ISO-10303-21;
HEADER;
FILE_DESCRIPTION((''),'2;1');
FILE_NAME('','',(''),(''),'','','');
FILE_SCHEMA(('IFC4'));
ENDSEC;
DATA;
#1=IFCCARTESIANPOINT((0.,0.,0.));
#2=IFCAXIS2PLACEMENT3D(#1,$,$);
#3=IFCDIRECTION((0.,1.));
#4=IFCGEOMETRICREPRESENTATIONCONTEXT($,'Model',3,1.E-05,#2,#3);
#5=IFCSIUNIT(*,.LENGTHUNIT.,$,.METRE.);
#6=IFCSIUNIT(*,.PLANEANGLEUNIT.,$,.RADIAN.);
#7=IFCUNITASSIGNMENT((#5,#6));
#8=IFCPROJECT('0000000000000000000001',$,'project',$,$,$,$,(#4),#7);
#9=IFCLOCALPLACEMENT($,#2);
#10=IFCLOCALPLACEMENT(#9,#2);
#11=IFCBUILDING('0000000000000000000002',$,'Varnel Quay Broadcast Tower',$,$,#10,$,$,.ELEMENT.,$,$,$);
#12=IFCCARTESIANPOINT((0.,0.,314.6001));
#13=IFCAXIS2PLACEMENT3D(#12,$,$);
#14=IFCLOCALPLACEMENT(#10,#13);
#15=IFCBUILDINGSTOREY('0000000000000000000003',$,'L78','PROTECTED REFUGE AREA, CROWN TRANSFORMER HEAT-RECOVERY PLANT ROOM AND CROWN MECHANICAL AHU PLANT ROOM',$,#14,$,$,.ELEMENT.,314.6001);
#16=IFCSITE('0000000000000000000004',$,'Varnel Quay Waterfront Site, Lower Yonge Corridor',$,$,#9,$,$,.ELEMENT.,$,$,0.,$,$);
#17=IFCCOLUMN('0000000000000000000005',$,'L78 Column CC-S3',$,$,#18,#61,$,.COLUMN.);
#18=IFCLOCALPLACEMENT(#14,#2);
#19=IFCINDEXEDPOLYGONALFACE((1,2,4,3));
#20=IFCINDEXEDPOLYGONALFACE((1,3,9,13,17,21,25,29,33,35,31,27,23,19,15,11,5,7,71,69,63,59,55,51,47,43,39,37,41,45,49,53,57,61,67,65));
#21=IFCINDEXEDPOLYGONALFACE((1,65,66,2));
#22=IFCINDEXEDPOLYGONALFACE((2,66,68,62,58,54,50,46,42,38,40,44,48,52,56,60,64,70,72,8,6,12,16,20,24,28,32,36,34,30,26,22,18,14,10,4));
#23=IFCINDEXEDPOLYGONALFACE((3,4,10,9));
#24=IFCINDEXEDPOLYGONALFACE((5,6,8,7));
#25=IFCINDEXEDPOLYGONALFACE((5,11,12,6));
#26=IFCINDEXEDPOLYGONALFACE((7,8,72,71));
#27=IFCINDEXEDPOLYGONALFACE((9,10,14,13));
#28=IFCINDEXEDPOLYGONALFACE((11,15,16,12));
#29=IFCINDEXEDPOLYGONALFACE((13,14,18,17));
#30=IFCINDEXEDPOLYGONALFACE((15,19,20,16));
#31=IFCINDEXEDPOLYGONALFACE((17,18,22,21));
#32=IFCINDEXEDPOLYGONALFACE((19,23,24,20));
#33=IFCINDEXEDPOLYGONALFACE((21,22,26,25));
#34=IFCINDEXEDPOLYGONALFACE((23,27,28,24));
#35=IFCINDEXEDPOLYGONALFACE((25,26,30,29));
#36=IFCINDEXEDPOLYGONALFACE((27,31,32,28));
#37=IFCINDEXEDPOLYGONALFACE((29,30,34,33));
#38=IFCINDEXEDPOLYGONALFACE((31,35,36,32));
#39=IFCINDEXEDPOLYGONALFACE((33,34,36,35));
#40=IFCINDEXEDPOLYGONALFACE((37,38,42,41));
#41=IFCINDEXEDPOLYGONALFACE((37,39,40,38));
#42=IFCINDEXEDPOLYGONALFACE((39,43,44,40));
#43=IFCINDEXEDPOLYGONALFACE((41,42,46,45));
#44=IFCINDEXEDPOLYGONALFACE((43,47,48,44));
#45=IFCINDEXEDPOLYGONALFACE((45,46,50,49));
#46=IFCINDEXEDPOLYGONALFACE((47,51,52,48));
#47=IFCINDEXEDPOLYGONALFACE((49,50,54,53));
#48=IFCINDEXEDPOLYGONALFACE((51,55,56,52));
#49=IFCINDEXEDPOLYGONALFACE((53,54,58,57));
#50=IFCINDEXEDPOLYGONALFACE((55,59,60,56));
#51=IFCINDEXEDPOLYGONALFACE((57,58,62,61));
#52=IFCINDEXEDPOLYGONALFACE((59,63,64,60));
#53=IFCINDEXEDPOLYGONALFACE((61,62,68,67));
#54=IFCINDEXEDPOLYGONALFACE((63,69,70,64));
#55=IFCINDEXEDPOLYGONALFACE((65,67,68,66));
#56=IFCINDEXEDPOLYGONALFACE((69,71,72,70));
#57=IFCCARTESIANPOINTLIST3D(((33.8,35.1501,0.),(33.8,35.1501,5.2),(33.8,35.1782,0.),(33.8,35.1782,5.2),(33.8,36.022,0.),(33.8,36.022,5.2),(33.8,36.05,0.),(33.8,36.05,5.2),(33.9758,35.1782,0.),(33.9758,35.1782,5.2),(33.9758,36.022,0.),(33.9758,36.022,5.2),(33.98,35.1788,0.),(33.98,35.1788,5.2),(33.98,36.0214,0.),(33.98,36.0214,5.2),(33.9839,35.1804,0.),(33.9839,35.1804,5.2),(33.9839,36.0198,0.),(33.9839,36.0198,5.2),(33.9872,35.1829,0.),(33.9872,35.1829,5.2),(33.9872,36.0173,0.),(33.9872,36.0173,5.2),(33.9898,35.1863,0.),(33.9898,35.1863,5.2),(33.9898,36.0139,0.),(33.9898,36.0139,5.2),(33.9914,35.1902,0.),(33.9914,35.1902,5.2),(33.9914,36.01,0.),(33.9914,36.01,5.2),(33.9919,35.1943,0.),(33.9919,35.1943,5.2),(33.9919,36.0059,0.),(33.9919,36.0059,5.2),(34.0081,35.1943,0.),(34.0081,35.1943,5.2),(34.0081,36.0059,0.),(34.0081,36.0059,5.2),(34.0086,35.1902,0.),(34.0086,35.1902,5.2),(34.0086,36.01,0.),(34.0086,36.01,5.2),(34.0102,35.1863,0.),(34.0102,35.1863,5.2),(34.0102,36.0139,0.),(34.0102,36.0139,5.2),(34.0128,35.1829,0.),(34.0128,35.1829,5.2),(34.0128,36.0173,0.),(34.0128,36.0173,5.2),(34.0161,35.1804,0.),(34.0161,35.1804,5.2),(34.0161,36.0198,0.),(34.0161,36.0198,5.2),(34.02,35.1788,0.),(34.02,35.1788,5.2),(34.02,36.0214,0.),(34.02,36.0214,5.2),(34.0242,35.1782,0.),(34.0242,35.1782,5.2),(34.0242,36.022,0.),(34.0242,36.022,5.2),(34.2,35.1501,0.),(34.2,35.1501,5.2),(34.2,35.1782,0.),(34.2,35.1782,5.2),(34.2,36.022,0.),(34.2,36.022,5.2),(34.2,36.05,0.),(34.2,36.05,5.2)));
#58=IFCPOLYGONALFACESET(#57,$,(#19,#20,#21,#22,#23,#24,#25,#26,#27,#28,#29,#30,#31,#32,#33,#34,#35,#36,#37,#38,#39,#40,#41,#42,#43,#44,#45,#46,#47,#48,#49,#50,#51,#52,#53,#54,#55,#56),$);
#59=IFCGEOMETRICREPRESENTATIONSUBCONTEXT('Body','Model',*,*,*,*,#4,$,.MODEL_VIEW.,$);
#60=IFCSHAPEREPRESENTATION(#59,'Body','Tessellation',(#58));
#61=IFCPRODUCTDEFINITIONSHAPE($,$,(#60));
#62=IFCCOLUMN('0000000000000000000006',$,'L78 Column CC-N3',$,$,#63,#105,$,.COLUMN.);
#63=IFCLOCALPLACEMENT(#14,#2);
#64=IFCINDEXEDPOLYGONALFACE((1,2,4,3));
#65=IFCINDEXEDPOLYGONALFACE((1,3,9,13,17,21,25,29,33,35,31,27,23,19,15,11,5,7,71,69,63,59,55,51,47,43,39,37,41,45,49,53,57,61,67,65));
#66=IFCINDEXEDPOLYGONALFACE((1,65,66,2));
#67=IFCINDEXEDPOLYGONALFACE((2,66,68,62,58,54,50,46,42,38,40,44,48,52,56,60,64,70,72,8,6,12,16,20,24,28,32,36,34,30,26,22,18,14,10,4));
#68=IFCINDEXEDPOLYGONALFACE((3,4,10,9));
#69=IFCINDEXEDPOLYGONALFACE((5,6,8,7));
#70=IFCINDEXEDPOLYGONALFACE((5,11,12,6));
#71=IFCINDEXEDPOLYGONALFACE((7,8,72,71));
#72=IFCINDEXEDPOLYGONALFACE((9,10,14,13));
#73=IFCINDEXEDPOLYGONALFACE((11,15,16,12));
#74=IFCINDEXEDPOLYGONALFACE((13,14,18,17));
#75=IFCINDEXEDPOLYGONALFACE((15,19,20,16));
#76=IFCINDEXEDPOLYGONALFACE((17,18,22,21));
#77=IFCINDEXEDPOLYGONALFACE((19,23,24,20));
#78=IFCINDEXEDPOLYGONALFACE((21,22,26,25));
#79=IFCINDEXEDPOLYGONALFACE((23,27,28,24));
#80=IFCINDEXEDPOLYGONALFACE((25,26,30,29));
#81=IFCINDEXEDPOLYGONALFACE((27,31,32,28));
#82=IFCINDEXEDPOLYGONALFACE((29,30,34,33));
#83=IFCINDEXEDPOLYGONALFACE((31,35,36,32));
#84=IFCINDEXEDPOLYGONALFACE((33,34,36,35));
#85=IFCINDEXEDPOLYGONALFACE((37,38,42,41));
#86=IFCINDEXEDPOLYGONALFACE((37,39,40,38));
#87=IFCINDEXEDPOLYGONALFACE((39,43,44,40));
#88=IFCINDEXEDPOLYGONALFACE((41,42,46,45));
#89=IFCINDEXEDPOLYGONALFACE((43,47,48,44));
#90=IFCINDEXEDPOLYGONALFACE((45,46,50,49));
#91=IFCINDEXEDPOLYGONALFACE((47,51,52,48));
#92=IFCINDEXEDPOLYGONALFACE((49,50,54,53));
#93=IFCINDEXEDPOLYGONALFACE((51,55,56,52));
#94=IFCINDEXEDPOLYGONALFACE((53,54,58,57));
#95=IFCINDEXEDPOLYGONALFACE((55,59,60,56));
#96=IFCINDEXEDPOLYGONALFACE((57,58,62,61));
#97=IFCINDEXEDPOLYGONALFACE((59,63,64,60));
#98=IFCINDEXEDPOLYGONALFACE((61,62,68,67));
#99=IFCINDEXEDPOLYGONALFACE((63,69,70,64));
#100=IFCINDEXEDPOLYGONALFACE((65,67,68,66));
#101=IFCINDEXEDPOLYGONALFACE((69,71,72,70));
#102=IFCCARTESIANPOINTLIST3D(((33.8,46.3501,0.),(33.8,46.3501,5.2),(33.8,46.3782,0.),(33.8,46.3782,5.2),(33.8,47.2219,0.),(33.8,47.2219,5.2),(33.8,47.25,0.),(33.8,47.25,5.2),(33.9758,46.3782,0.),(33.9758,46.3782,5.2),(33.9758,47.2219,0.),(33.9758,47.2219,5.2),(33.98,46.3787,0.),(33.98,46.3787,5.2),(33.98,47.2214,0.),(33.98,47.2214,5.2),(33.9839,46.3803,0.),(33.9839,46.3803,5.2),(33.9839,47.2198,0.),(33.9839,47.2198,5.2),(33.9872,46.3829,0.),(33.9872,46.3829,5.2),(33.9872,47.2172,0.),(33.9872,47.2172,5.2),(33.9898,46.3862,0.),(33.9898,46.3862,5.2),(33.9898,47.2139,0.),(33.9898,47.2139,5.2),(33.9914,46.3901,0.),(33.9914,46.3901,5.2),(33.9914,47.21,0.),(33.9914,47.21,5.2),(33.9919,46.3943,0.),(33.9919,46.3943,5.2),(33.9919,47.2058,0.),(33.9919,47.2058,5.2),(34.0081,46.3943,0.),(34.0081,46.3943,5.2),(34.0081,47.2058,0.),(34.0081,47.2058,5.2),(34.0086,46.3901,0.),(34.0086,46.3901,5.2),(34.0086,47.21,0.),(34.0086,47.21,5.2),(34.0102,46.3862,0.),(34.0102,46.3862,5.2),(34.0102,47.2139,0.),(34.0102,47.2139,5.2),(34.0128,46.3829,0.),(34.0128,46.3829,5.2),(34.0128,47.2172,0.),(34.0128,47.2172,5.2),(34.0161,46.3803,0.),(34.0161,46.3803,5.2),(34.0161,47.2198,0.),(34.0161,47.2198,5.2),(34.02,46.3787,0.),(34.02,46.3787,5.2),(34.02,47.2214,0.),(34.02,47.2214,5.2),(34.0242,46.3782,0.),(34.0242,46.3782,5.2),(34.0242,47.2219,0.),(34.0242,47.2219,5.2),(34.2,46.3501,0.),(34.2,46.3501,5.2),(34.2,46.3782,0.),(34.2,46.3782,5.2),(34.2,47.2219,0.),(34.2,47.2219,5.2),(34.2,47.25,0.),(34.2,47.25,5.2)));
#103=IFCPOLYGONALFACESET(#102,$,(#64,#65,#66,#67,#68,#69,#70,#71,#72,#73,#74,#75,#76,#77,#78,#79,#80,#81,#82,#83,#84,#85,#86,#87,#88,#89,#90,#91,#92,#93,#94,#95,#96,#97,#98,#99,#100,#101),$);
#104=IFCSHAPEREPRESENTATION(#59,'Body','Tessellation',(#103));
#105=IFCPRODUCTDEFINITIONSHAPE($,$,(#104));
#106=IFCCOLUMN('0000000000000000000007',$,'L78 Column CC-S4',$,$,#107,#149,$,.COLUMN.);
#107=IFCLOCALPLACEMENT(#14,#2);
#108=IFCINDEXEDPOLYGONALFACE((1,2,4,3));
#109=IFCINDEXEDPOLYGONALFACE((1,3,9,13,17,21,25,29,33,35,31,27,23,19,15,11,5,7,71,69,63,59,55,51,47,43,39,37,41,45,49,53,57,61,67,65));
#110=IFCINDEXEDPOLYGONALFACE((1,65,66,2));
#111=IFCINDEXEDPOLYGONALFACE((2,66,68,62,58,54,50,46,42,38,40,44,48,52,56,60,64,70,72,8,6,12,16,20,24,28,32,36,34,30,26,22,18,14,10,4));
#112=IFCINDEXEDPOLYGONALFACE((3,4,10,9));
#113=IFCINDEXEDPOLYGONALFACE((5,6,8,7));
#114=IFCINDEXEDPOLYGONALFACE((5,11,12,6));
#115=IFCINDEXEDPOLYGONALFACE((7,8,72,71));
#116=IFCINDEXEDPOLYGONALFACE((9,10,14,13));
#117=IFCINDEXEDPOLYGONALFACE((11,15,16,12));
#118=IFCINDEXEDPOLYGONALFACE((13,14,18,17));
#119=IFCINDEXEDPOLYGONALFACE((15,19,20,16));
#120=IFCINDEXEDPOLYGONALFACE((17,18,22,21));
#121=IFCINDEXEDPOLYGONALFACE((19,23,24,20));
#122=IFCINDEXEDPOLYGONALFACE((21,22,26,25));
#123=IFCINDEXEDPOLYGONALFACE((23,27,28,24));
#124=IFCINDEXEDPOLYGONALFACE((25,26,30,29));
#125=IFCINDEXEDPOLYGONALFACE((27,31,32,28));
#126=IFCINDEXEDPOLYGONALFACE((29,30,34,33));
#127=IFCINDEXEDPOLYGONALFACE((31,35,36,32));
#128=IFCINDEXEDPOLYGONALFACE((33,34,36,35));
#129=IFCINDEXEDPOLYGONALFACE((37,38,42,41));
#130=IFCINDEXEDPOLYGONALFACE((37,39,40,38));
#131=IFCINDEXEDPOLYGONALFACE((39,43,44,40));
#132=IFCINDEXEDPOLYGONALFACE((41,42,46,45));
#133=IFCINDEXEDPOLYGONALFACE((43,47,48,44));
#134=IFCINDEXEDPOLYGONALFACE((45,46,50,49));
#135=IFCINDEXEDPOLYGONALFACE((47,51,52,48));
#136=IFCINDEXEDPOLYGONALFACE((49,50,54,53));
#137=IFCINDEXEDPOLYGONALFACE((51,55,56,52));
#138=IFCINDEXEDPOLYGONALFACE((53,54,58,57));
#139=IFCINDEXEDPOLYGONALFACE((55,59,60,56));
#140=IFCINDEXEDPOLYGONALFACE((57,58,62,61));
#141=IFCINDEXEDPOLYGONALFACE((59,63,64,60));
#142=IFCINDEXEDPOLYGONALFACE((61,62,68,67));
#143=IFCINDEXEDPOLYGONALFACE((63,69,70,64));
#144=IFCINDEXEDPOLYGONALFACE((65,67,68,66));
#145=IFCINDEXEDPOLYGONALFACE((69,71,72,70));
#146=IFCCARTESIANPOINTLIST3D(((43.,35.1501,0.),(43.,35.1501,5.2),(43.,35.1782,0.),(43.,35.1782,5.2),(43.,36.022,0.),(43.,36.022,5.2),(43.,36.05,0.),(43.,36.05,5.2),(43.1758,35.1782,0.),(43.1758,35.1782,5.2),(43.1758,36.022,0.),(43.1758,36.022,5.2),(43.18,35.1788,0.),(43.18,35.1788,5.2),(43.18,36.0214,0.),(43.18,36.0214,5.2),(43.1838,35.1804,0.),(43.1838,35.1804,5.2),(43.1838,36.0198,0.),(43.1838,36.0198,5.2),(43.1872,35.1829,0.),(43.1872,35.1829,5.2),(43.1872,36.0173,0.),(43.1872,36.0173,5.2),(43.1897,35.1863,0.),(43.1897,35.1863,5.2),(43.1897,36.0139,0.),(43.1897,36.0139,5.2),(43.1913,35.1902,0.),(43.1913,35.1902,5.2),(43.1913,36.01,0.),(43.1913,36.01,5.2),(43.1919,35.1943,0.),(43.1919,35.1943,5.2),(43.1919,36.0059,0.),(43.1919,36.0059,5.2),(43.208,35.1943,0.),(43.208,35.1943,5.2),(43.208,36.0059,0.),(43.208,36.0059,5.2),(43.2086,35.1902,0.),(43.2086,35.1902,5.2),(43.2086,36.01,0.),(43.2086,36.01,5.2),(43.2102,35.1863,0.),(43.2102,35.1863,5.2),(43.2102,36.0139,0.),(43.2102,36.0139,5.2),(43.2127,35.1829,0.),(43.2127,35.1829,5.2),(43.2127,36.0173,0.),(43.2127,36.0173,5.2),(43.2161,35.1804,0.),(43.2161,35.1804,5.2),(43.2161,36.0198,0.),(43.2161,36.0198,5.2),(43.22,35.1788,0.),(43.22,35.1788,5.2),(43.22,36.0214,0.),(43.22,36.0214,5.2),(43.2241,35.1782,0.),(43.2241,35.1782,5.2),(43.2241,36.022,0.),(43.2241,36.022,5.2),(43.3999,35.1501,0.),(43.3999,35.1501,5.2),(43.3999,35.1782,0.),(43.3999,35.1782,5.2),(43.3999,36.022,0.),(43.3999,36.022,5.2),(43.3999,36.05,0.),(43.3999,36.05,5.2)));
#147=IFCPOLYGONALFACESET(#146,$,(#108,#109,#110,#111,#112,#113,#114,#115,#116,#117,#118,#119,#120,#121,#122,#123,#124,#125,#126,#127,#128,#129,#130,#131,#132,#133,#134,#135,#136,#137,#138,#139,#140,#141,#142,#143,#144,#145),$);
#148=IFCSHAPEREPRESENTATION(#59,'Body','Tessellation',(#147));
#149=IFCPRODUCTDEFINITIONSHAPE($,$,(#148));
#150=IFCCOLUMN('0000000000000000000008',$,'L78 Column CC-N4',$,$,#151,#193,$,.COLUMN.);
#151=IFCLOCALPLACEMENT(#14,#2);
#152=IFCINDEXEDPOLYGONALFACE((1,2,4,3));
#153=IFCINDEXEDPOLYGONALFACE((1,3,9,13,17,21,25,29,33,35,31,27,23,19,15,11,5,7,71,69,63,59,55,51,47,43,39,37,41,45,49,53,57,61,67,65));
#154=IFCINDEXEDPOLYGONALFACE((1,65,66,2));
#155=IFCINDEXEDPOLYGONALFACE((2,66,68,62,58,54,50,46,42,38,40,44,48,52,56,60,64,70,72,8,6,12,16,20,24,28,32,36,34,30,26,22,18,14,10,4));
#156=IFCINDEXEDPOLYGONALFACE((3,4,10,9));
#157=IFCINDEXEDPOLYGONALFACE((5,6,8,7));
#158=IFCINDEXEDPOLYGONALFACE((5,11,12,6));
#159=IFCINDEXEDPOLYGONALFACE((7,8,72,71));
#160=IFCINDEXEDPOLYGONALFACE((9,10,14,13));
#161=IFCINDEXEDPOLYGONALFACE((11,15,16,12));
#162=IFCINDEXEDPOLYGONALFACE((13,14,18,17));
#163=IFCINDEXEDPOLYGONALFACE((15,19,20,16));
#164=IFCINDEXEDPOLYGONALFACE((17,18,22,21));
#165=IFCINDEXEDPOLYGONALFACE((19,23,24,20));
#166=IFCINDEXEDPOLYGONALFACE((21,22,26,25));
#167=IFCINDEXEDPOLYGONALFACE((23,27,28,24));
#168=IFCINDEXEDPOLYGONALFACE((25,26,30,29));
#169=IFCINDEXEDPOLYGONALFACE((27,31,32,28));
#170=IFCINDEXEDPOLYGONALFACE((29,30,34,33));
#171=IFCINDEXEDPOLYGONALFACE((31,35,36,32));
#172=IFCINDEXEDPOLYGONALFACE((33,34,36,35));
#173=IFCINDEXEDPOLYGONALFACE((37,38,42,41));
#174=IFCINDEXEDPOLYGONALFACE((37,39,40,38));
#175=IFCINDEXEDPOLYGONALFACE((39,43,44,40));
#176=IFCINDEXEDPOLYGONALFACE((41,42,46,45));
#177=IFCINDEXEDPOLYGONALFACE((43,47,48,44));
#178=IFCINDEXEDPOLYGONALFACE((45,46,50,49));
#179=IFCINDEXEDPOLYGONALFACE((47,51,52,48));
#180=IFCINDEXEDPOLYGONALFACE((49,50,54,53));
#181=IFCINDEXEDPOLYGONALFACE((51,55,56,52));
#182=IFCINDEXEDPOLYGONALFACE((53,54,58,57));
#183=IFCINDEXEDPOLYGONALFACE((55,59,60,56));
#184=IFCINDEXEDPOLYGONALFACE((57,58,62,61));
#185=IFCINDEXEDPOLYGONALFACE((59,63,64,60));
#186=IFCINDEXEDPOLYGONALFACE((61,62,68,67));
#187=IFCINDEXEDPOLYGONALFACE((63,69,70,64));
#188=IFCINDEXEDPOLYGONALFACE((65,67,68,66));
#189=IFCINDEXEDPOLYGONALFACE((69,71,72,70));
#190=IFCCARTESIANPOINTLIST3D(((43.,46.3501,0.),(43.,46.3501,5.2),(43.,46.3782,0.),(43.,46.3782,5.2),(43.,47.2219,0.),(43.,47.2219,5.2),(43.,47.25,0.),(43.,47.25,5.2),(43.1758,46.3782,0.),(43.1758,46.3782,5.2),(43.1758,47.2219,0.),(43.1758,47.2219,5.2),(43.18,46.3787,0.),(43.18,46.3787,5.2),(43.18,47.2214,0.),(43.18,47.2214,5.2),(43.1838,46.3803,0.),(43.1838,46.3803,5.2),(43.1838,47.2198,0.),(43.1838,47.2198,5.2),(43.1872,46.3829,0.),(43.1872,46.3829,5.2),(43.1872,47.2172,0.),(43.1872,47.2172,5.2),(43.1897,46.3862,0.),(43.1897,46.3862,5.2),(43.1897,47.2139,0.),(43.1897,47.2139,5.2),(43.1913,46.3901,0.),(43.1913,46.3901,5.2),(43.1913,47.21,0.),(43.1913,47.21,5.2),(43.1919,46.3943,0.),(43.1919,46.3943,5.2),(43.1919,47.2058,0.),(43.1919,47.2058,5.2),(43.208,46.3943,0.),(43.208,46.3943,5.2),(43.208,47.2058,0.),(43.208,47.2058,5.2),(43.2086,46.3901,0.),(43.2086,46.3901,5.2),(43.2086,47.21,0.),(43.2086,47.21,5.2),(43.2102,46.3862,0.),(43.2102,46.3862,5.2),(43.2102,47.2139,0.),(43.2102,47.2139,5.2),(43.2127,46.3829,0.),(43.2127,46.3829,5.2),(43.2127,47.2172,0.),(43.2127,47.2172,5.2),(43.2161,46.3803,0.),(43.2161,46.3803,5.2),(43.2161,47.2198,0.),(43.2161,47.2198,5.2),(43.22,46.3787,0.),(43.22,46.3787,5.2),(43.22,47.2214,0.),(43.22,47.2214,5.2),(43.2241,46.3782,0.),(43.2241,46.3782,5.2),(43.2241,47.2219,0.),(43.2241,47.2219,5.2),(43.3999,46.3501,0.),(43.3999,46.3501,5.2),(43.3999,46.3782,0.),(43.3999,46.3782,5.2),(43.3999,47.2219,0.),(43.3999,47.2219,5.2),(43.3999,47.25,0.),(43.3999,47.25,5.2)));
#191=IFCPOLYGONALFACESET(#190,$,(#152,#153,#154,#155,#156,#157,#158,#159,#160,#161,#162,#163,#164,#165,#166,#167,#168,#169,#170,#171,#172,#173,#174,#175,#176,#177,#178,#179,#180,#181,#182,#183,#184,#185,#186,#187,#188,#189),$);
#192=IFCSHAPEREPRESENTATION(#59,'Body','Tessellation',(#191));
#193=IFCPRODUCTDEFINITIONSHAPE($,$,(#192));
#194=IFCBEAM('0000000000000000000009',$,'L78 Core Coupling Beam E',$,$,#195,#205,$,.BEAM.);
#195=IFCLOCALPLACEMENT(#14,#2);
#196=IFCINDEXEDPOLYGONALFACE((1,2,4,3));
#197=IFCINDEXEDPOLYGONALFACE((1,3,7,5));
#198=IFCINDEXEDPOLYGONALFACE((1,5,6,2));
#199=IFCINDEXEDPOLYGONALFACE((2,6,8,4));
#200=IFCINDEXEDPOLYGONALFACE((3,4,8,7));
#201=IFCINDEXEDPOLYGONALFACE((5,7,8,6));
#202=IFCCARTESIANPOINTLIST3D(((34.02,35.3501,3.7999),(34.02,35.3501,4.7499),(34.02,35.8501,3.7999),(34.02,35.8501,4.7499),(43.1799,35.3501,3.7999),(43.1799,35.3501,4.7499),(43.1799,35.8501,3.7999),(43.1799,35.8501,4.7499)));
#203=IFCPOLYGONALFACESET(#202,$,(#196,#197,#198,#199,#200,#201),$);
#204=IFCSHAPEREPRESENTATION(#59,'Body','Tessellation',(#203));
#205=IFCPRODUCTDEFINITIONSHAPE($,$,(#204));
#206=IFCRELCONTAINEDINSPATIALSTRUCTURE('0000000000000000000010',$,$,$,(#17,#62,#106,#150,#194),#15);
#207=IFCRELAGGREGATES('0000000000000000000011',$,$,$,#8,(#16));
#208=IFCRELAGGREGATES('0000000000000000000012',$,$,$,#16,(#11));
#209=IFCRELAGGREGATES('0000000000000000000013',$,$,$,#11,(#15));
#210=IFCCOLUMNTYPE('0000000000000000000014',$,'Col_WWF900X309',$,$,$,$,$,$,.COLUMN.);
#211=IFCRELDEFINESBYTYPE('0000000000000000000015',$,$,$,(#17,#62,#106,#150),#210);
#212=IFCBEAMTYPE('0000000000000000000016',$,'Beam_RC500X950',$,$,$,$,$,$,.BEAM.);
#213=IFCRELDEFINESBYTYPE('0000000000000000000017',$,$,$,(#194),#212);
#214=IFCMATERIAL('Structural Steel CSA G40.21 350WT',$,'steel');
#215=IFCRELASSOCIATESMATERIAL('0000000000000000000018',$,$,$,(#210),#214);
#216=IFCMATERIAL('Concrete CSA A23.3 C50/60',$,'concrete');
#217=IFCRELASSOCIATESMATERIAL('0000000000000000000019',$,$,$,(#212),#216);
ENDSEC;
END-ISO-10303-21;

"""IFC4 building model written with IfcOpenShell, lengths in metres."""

from ifc_helpers import new_model, si_unit, direction, frame, origin, origin_2d, place, context, subcontext, project, spatial, rectangle, i_section, extrude, source, transform, mapped, material, material_profile, profile_set, type_object, type_shapes, element, save


model = new_model("IFC4")

# Units and contexts
model_context = context("Model", 3, precision=1e-05, world=origin(), true_north=direction((0.0, 1.0)))
body_context = subcontext(model_context, "Body", "Model", "MODEL_VIEW")
ifc_project = project(units=[si_unit("LENGTHUNIT", "METRE"), si_unit("PLANEANGLEUNIT", "RADIAN")], contexts=[model_context])

# Site, building, storey
site_placement = place(None, origin())
site = spatial("IfcSite", under=ifc_project, at=site_placement, Name="Varnel Quay Waterfront Site, Lower Yonge Corridor", CompositionType="ELEMENT", RefElevation=0.0)
building_placement = place(site_placement, origin())
building = spatial("IfcBuilding", under=site, at=building_placement, Name="Varnel Quay Broadcast Tower", CompositionType="ELEMENT")
storey_placement = place(building_placement, frame((0.0, 0.0, 314.6001)))
storey = spatial("IfcBuildingStorey", under=building, at=storey_placement, Name="L78", Description="PROTECTED REFUGE AREA, CROWN TRANSFORMER HEAT-RECOVERY PLANT ROOM AND CROWN MECHANICAL AHU PLANT ROOM", CompositionType="ELEMENT", Elevation=314.6001)

# Columns
ifc_material_1 = material(Name="Structural Steel CSA G40.21 350WT", Category="steel")
ifc_material_profile_1 = material_profile(ifc_material_1, i_section(OverallWidth=0.3999, OverallDepth=0.8999, WebThickness=0.0161, FlangeThickness=0.0281, FilletRadius=0.0161, at=origin_2d()), Name="WWF900X309")
ifc_profile_set_1 = profile_set([ifc_material_profile_1], Name="Structural Steel CSA G40.21 350WT")
column_type = type_object("IfcColumnType", Name="Col_WWF900X309", PredefinedType="COLUMN", material=ifc_profile_set_1)
shared_shape_1 = source(origin(), body_context, "Body", "SweptSolid", [
    extrude(i_section(OverallWidth=0.3999, OverallDepth=0.8999, WebThickness=0.0161, FlangeThickness=0.0281, FilletRadius=0.0161, at=origin_2d()), origin(), (0.0, 0.0, 1.0), 5.2),
])
type_shapes(column_type, [shared_shape_1])
for number, where, z_axis, x_axis, name in (
    (1, (34.0, 35.6001, 0.0), (0.0, 0.0, 1.0), (1.0, 0.0, 0.0), "L78 Column CC-S3"),
    (2, (34.0, 46.8, 0.0), (0.0, 0.0, 1.0), (1.0, 0.0, 0.0), "L78 Column CC-N3"),
    (3, (43.2, 35.6001, 0.0), (0.0, 0.0, 1.0), (1.0, 0.0, 0.0), "L78 Column CC-S4"),
    (4, (43.2, 46.8, 0.0), (0.0, 0.0, 1.0), (1.0, 0.0, 0.0), "L78 Column CC-N4"),
):
    element("IfcColumn", number, at=place(storey_placement, frame(where, z_axis=z_axis, x_axis=x_axis)), inside=storey, type_object=column_type, Name=name, PredefinedType="COLUMN", context=body_context, shape_type="MappedRepresentation", body=[
        mapped(shared_shape_1, transform((0.0, 0.0, 0.0), x_axis=(1.0, 0.0, 0.0), y_axis=(0.0, 1.0, 0.0), z_axis=(0.0, 0.0, 1.0), scale=1.0)),
    ])

# Beam
ifc_material_2 = material(Name="Concrete CSA A23.3 C50/60", Category="concrete")
ifc_material_profile_2 = material_profile(ifc_material_2, rectangle(XDim=0.5, YDim=0.95, at=origin_2d()), Name="RC500X950")
ifc_profile_set_2 = profile_set([ifc_material_profile_2], Name="Concrete CSA A23.3 C50/60")
beam_type_1 = type_object("IfcBeamType", Name="Beam_RC500X950", PredefinedType="BEAM", material=ifc_profile_set_2)
shared_shape_2 = source(origin(), body_context, "Body", "SweptSolid", [
    extrude(rectangle(XDim=0.5, YDim=0.95, at=origin_2d()), origin(), (0.0, 0.0, 1.0), 9.1599),
])
type_shapes(beam_type_1, [shared_shape_2])
beam_1_placement = place(storey_placement, frame((34.02, 35.6001, 4.2749), z_axis=(1.0, 0.0, 0.0), x_axis=(0.0, 1.0, 0.0)))
element("IfcBeam", 5, at=beam_1_placement, inside=storey, type_object=beam_type_1, Name="L78 Core Coupling Beam E", PredefinedType="BEAM", context=body_context, shape_type="MappedRepresentation", body=[
    mapped(shared_shape_2, transform((0.0, 0.0, 0.0), x_axis=(1.0, 0.0, 0.0), y_axis=(0.0, 1.0, 0.0), z_axis=(0.0, 0.0, 1.0), scale=1.0)),
])

save(model, "model.ifc")
